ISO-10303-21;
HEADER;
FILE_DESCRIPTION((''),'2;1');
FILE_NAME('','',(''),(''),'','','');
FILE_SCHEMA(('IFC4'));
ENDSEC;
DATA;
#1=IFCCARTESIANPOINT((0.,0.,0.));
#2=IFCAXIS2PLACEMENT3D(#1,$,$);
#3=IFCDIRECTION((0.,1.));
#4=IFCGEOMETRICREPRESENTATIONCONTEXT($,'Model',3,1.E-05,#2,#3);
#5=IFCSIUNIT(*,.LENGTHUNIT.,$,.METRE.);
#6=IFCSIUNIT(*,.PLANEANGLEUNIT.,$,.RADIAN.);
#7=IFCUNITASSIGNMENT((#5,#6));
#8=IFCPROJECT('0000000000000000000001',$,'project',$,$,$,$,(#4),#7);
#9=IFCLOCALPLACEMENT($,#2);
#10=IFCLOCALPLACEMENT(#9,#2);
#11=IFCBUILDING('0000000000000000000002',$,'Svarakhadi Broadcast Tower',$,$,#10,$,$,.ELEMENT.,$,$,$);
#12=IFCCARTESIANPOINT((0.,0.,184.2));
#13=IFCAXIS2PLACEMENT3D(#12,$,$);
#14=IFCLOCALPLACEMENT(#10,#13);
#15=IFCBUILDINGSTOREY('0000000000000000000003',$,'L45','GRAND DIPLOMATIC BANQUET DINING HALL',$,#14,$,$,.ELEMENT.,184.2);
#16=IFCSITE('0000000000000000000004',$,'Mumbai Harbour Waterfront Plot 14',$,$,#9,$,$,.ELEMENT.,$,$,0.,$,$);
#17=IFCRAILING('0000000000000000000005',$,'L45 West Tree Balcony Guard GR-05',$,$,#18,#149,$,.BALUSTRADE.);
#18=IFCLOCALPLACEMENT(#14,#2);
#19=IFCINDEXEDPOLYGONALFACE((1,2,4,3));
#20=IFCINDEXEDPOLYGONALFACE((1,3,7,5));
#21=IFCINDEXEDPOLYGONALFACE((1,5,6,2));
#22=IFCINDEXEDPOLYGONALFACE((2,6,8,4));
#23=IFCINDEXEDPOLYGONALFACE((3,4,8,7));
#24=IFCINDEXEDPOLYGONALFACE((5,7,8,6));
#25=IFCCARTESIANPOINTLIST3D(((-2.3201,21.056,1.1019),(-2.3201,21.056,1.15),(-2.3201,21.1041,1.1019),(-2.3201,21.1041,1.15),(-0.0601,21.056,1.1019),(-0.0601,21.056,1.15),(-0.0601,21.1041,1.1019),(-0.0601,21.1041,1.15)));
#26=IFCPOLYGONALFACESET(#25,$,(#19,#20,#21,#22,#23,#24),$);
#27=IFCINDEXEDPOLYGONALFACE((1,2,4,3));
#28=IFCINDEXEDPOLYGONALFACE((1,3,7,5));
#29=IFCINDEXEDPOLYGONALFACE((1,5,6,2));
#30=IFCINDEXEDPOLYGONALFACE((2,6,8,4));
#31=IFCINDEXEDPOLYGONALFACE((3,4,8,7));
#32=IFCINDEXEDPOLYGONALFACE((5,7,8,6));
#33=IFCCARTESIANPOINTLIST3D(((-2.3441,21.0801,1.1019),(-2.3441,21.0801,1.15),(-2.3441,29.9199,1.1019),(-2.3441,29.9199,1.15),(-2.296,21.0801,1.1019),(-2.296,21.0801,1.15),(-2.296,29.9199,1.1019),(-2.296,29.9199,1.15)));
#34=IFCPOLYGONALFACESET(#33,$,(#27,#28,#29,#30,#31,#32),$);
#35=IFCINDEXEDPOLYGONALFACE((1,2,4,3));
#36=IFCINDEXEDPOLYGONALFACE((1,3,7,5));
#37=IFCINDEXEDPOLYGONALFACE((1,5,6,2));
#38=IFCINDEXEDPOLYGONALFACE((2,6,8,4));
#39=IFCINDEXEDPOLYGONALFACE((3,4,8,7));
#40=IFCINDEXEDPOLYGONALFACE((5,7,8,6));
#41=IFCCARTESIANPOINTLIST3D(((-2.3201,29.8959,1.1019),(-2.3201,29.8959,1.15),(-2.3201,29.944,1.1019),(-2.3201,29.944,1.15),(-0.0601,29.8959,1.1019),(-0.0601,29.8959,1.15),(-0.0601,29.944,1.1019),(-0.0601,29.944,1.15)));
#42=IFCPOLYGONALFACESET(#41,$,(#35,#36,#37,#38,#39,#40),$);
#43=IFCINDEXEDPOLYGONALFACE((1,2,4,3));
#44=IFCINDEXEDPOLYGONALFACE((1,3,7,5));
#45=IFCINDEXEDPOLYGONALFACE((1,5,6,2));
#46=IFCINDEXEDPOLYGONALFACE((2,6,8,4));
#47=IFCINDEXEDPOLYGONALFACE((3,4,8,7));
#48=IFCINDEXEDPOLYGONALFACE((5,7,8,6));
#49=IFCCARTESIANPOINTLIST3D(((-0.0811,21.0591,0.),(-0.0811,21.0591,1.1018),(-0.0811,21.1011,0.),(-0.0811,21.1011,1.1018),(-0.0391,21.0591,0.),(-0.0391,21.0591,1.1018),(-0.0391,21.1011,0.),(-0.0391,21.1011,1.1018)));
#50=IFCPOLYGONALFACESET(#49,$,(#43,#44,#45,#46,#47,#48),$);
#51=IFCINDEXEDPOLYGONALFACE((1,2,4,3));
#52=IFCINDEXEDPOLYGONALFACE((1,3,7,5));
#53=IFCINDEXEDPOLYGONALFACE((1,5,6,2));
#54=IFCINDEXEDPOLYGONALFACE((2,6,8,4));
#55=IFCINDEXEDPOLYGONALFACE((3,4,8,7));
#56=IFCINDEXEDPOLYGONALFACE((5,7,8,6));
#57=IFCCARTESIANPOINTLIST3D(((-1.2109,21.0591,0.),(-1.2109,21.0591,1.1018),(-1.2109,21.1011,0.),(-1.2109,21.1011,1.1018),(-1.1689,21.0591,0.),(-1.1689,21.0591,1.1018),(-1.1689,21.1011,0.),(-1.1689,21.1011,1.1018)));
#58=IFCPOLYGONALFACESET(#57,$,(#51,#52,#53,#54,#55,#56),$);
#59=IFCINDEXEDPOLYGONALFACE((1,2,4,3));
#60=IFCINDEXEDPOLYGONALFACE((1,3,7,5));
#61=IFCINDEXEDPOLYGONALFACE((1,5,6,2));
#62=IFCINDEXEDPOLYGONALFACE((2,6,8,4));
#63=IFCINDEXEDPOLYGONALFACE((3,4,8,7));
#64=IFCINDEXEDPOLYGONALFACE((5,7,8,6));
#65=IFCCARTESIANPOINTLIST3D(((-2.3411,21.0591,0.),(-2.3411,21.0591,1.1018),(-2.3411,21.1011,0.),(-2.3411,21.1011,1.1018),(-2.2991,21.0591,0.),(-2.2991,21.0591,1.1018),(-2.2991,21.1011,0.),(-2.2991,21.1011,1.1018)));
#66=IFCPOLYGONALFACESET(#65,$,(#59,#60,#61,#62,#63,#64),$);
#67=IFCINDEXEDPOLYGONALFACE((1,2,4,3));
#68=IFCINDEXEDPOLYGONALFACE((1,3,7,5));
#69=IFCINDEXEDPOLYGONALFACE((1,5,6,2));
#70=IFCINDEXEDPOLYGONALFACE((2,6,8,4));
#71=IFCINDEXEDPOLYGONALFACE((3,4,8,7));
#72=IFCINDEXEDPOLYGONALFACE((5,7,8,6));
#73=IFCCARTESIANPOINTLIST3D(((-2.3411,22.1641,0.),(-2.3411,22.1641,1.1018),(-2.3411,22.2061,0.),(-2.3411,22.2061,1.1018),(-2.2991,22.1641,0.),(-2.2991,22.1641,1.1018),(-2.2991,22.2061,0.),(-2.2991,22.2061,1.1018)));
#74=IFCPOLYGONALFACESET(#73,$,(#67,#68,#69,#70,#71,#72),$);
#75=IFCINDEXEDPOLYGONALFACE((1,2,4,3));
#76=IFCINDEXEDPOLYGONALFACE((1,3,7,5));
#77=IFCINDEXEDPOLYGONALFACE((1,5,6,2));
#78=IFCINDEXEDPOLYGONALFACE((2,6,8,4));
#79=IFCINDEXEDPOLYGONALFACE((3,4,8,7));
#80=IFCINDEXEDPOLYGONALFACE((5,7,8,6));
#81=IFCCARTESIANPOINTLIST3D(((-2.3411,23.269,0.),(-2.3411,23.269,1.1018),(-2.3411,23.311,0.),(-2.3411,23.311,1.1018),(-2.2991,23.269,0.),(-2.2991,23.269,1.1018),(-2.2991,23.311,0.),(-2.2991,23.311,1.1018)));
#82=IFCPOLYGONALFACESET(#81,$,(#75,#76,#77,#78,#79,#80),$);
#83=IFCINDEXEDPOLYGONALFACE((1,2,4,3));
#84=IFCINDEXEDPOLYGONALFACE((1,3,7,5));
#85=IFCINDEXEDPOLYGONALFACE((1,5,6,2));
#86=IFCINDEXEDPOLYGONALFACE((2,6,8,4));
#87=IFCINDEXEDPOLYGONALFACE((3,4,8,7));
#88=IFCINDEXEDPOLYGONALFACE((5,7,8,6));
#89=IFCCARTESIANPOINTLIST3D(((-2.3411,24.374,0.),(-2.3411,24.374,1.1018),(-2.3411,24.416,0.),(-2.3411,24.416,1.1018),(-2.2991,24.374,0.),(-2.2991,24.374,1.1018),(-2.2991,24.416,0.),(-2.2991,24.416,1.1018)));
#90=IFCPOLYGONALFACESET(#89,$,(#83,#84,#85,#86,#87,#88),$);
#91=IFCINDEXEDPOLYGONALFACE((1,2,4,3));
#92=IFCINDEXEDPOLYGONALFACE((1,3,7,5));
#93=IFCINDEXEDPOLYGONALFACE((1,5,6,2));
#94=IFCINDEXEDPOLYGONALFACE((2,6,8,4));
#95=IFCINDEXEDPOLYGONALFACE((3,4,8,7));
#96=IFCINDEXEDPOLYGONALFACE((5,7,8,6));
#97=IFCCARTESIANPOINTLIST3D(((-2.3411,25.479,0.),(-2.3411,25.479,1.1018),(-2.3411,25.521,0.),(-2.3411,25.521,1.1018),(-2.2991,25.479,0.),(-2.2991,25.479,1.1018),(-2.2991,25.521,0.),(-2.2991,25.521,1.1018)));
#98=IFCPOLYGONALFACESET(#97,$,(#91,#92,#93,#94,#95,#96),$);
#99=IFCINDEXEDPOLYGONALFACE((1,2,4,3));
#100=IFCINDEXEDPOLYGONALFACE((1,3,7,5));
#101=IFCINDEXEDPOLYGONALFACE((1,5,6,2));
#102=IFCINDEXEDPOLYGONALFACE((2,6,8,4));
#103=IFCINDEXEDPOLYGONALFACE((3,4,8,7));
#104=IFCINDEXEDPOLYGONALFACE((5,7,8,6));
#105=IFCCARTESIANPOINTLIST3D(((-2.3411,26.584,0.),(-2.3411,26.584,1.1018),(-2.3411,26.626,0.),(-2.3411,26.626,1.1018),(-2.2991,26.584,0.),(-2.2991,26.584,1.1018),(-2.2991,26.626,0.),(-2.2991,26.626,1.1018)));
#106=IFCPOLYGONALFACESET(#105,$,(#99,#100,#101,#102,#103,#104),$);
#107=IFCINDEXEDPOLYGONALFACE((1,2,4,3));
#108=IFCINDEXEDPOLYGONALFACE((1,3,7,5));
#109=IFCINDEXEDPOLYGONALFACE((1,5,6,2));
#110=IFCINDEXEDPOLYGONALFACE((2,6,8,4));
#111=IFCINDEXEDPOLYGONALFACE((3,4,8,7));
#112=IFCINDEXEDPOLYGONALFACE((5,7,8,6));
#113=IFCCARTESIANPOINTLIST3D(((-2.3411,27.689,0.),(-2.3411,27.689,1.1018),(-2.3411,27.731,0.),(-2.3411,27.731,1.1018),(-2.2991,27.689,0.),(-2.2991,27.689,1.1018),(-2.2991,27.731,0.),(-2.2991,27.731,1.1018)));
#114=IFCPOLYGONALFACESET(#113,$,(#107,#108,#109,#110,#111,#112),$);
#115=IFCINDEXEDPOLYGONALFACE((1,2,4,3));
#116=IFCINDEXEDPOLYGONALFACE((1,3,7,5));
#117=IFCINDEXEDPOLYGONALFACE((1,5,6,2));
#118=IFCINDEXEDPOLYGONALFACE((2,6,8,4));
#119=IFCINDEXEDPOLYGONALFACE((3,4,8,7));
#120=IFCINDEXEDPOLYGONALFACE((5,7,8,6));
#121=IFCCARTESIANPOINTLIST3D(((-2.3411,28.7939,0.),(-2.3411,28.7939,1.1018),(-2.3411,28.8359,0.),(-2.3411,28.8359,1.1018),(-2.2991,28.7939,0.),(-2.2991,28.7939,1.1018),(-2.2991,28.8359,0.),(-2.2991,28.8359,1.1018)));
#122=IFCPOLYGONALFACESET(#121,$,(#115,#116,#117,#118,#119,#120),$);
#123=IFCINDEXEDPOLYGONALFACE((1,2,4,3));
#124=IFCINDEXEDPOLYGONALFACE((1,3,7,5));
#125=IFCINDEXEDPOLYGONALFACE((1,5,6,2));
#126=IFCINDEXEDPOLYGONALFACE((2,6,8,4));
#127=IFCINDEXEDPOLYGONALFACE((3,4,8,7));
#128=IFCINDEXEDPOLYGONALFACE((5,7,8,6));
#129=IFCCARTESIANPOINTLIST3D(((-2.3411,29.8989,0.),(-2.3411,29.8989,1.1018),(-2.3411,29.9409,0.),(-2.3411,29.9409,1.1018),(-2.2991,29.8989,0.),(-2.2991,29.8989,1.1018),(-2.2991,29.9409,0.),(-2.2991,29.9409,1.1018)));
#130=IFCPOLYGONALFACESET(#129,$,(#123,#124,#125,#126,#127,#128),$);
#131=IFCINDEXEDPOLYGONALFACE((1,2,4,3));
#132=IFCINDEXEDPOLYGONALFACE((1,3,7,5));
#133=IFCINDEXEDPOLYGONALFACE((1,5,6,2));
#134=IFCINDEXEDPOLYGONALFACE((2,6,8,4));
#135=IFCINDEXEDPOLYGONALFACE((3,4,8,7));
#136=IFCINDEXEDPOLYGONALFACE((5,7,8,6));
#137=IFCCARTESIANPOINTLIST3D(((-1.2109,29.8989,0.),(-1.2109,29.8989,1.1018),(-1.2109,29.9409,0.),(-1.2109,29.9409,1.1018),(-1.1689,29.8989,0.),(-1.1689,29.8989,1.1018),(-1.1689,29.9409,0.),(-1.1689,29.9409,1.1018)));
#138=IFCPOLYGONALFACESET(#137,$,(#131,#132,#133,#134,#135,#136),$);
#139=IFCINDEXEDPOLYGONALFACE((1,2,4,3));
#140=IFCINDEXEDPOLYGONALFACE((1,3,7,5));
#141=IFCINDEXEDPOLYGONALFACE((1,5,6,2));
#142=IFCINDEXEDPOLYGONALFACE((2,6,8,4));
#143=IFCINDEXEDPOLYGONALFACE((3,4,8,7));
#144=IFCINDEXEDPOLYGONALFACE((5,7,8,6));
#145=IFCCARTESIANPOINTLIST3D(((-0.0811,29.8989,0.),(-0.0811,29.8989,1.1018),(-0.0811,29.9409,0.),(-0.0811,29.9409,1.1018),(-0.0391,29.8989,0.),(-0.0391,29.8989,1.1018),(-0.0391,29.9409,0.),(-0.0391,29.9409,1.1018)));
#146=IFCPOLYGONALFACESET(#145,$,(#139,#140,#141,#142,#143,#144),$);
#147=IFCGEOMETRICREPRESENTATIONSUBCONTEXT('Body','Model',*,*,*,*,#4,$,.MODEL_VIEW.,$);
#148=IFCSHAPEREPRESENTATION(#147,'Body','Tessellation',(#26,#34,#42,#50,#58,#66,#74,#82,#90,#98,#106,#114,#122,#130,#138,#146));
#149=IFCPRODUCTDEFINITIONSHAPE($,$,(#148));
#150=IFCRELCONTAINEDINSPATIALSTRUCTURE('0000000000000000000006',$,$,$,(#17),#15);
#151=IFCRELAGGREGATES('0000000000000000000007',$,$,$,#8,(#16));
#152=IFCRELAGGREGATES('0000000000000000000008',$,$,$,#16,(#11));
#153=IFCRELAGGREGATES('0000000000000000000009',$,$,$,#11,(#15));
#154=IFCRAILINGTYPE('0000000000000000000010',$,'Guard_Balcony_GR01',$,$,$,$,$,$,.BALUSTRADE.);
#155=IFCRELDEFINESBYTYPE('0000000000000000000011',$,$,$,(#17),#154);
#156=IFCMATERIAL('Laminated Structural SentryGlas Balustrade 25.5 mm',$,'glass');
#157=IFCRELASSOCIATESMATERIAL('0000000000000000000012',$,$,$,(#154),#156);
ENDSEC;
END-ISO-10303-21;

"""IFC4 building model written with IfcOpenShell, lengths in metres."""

from ifc_helpers import new_model, si_unit, direction, frame, origin, origin_2d, place, context, subcontext, project, spatial, rectangle, extrude, material, type_object, element, save


model = new_model("IFC4")

# Units and contexts
model_context = context("Model", 3, precision=1e-05, world=origin(), true_north=direction((0.0, 1.0)))
body_context = subcontext(model_context, "Body", "Model", "MODEL_VIEW")
ifc_project = project(units=[si_unit("LENGTHUNIT", "METRE"), si_unit("PLANEANGLEUNIT", "RADIAN")], contexts=[model_context])

# Site, building, storey
site_placement = place(None, origin())
site = spatial("IfcSite", under=ifc_project, at=site_placement, Name="Mumbai Harbour Waterfront Plot 14", CompositionType="ELEMENT", RefElevation=0.0)
building_placement = place(site_placement, origin())
building = spatial("IfcBuilding", under=site, at=building_placement, Name="Svarakhadi Broadcast Tower", CompositionType="ELEMENT")
storey_placement = place(building_placement, frame((0.0, 0.0, 184.2)))
storey = spatial("IfcBuildingStorey", under=building, at=storey_placement, Name="L45", Description="GRAND DIPLOMATIC BANQUET DINING HALL", CompositionType="ELEMENT", Elevation=184.2)

# Railing
ifc_material_1 = material(Name="Laminated Structural SentryGlas Balustrade 25.5 mm", Category="glass")
railing_type = type_object("IfcRailingType", Name="Guard_Balcony_GR01", PredefinedType="BALUSTRADE", material=ifc_material_1)
railing_placement = place(storey_placement, frame((-0.0601, 21.0801, 0.0)))
element("IfcRailing", 1, at=railing_placement, inside=storey, type_object=railing_type, Name="L45 West Tree Balcony Guard GR-05", PredefinedType="BALUSTRADE", context=body_context, shape_type="SweptSolid", body=[
    extrude(rectangle(XDim=0.0481, YDim=0.0481, at=origin_2d()), frame((0.0, 0.0, 1.126), z_axis=(-1.0, 0.0, 0.0), x_axis=(0.0, -1.0, 0.0)), (0.0, 0.0, 1.0), 2.26),
    extrude(rectangle(XDim=0.0481, YDim=0.0481, at=origin_2d()), frame((-2.26, 0.0, 1.126), z_axis=(0.0, 1.0, 0.0), x_axis=(-1.0, 0.0, 0.0)), (0.0, 0.0, 1.0), 8.8398),
    extrude(rectangle(XDim=0.0481, YDim=0.0481, at=origin_2d()), frame((-2.26, 8.8398, 1.126), z_axis=(1.0, 0.0, 0.0), x_axis=(0.0, 1.0, 0.0)), (0.0, 0.0, 1.0), 2.26),
    extrude(rectangle(XDim=0.042, YDim=0.042, at=origin_2d()), origin(), (0.0, 0.0, 1.0), 1.1018),
    extrude(rectangle(XDim=0.042, YDim=0.042, at=origin_2d()), frame((-1.1299, 0.0, 0.0)), (0.0, 0.0, 1.0), 1.1018),
    extrude(rectangle(XDim=0.042, YDim=0.042, at=origin_2d()), frame((-2.26, 0.0, 0.0)), (0.0, 0.0, 1.0), 1.1018),
    extrude(rectangle(XDim=0.042, YDim=0.042, at=origin_2d()), frame((-2.26, 1.105, 0.0)), (0.0, 0.0, 1.0), 1.1018),
    extrude(rectangle(XDim=0.042, YDim=0.042, at=origin_2d()), frame((-2.26, 2.21, 0.0)), (0.0, 0.0, 1.0), 1.1018),
    extrude(rectangle(XDim=0.042, YDim=0.042, at=origin_2d()), frame((-2.26, 3.3149, 0.0)), (0.0, 0.0, 1.0), 1.1018),
    extrude(rectangle(XDim=0.042, YDim=0.042, at=origin_2d()), frame((-2.26, 4.4199, 0.0)), (0.0, 0.0, 1.0), 1.1018),
    extrude(rectangle(XDim=0.042, YDim=0.042, at=origin_2d()), frame((-2.26, 5.5249, 0.0)), (0.0, 0.0, 1.0), 1.1018),
    extrude(rectangle(XDim=0.042, YDim=0.042, at=origin_2d()), frame((-2.26, 6.6299, 0.0)), (0.0, 0.0, 1.0), 1.1018),
    extrude(rectangle(XDim=0.042, YDim=0.042, at=origin_2d()), frame((-2.26, 7.7349, 0.0)), (0.0, 0.0, 1.0), 1.1018),
    extrude(rectangle(XDim=0.042, YDim=0.042, at=origin_2d()), frame((-2.26, 8.8398, 0.0)), (0.0, 0.0, 1.0), 1.1018),
    extrude(rectangle(XDim=0.042, YDim=0.042, at=origin_2d()), frame((-1.1299, 8.8398, 0.0)), (0.0, 0.0, 1.0), 1.1018),
    extrude(rectangle(XDim=0.042, YDim=0.042, at=origin_2d()), frame((0.0, 8.8398, 0.0)), (0.0, 0.0, 1.0), 1.1018),
])

save(model, "model.ifc")
